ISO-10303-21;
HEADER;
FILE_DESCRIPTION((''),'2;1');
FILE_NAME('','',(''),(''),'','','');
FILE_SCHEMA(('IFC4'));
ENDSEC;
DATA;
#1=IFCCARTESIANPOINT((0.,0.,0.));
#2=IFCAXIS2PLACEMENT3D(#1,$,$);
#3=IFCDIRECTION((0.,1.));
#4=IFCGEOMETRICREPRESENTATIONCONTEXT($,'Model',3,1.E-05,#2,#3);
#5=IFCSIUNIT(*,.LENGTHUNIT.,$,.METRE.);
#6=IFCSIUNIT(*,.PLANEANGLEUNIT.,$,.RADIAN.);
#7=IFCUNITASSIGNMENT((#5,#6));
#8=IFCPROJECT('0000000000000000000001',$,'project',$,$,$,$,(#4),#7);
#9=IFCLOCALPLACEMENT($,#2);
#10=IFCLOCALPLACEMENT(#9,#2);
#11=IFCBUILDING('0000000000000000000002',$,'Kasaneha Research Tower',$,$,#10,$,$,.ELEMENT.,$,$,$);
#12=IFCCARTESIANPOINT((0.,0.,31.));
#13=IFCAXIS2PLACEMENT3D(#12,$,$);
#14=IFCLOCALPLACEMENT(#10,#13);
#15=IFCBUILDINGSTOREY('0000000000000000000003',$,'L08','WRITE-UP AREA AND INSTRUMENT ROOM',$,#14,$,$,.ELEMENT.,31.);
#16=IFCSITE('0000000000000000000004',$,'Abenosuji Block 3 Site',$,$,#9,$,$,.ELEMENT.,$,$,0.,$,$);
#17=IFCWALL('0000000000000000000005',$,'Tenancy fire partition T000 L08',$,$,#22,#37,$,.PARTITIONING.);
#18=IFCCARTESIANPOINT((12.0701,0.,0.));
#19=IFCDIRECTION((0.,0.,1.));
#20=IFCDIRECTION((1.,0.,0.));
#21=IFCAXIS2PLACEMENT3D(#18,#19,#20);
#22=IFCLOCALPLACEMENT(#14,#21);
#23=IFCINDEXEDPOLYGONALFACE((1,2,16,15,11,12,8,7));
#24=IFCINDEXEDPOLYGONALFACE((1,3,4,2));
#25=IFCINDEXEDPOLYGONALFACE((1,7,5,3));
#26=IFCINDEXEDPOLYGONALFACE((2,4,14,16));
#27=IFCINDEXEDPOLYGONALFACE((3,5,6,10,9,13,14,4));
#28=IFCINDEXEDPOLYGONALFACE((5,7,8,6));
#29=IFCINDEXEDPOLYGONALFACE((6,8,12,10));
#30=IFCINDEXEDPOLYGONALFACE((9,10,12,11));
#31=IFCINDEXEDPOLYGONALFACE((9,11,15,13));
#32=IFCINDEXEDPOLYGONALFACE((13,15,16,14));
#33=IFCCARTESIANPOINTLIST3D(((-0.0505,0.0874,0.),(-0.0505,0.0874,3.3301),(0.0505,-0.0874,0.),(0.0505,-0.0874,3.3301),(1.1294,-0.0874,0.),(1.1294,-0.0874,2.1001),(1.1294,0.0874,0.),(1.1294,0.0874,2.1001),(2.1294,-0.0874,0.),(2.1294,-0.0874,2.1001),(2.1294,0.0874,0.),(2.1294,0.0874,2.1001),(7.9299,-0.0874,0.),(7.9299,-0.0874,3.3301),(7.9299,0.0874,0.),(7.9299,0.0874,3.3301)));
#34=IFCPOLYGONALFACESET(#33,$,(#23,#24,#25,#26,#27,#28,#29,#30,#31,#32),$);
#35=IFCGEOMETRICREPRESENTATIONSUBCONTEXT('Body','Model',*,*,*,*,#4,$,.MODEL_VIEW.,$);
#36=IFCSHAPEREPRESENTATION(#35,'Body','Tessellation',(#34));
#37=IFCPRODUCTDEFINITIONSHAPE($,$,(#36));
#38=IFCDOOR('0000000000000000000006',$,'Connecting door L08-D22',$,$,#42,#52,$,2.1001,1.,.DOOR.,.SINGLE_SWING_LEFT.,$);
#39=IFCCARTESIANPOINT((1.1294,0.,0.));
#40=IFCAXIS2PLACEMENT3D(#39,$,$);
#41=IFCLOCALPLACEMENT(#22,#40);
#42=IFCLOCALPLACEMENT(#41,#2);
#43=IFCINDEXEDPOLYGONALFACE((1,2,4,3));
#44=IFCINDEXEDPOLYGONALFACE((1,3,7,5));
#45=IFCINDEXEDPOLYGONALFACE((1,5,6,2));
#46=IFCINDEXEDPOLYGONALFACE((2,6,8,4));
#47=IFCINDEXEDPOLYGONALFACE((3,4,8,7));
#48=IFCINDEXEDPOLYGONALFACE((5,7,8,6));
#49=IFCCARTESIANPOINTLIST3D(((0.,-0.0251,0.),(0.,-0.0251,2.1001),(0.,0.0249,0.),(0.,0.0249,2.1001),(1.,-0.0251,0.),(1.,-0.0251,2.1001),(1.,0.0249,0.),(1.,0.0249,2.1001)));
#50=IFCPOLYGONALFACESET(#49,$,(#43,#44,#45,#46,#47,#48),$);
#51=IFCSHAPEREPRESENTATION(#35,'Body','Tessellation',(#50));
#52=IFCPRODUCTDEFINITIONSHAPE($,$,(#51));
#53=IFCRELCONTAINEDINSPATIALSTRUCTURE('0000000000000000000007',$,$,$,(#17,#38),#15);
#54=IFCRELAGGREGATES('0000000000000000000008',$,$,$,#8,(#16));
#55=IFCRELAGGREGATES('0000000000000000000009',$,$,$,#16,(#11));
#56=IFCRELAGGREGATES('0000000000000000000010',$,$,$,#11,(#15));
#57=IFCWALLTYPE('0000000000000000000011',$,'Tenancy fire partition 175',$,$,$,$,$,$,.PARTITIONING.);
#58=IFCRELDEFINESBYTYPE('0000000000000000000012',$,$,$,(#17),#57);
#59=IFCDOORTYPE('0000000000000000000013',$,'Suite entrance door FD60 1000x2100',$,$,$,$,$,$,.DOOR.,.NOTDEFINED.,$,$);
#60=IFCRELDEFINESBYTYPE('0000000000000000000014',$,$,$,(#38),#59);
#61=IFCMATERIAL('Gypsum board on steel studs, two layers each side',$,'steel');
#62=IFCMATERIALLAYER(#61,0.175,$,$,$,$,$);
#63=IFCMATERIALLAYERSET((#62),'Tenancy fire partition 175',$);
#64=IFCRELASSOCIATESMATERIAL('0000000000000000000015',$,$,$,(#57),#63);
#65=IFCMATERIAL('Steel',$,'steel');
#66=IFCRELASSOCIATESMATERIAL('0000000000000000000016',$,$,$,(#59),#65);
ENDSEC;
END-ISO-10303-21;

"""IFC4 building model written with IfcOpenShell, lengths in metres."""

from ifc_helpers import new_model, si_unit, direction, frame, frame_2d, origin, place, context, subcontext, project, spatial, polyline, rectangle, outline, extrude, material, layer, layer_set, type_object, element, fill, save


model = new_model("IFC4")

# Units and contexts
model_context = context("Model", 3, precision=1e-05, world=origin(), true_north=direction((0.0, 1.0)))
body_context = subcontext(model_context, "Body", "Model", "MODEL_VIEW")
ifc_project = project(units=[si_unit("LENGTHUNIT", "METRE"), si_unit("PLANEANGLEUNIT", "RADIAN")], contexts=[model_context])

# Site, building, storey
site_placement = place(None, origin())
site = spatial("IfcSite", under=ifc_project, at=site_placement, Name="Abenosuji Block 3 Site", CompositionType="ELEMENT", RefElevation=0.0)
building_placement = place(site_placement, origin())
building = spatial("IfcBuilding", under=site, at=building_placement, Name="Kasaneha Research Tower", CompositionType="ELEMENT")
storey_placement = place(building_placement, frame((0.0, 0.0, 31.0)))
storey = spatial("IfcBuildingStorey", under=building, at=storey_placement, Name="L08", Description="WRITE-UP AREA AND INSTRUMENT ROOM", CompositionType="ELEMENT", Elevation=31.0)

# Wall, opening, door
ifc_material_1 = material(Name="Gypsum board on steel studs, two layers each side", Category="steel")
ifc_layer_1 = layer(ifc_material_1, 0.175)
ifc_layer_set_1 = layer_set([ifc_layer_1], Name="Tenancy fire partition 175")
wall_type_1 = type_object("IfcWallType", Name="Tenancy fire partition 175", PredefinedType="PARTITIONING", material=ifc_layer_set_1)
wall_1_placement = place(storey_placement, frame((12.0701, 0.0, 0.0), z_axis=(0.0, 0.0, 1.0), x_axis=(1.0, 0.0, 0.0)))
wall_1 = element("IfcWall", 1, at=wall_1_placement, inside=storey, type_object=wall_type_1, Name="Tenancy fire partition T000 L08", PredefinedType="PARTITIONING", context=body_context, shape_type="SweptSolid", body=[
    extrude(outline(polyline([(0.0505, -0.0874), (1.1294, -0.0874), (2.1294, -0.0874), (7.9299, -0.0874), (7.9299, 0.0874), (2.1294, 0.0874), (1.1294, 0.0874), (-0.0505, 0.0874), (0.0505, -0.0874)])), origin(), (0.0, 0.0, 1.0), 3.3301),
])
opening_1_placement = place(wall_1_placement, frame((1.1294, 0.0, 0.0)))
opening_1 = element("IfcOpeningElement", 2, at=opening_1_placement, cuts=wall_1, PredefinedType="OPENING", context=body_context, shape_type="SweptSolid", body=[
    extrude(rectangle(XDim=1.0, YDim=2.1001, at=frame_2d((0.5, 1.05))), frame((0.0, 0.0977, 0.0), z_axis=(0.0, -1.0, 0.0), x_axis=(1.0, 0.0, 0.0)), (0.0, 0.0, 1.0), 0.1951),
])
ifc_material_2 = material(Name="Steel", Category="steel")
door_type_1 = type_object("IfcDoorType", Name="Suite entrance door FD60 1000x2100", OperationType="NOTDEFINED", PredefinedType="DOOR", material=ifc_material_2)
door_1_placement = place(opening_1_placement, origin())
door_1 = element("IfcDoor", 3, at=door_1_placement, inside=storey, type_object=door_type_1, Name="Connecting door L08-D22", OperationType="SINGLE_SWING_LEFT", OverallHeight=2.1001, OverallWidth=1.0, PredefinedType="DOOR", context=body_context, shape_type="SweptSolid", body=[
    extrude(rectangle(XDim=1.0, YDim=2.1001, at=frame_2d((0.5, 1.05))), frame((0.0, 0.0249, 0.0), z_axis=(0.0, -1.0, 0.0), x_axis=(1.0, 0.0, 0.0)), (0.0, 0.0, 1.0), 0.05),
])
fill(opening_1, door_1)

save(model, "model.ifc")
